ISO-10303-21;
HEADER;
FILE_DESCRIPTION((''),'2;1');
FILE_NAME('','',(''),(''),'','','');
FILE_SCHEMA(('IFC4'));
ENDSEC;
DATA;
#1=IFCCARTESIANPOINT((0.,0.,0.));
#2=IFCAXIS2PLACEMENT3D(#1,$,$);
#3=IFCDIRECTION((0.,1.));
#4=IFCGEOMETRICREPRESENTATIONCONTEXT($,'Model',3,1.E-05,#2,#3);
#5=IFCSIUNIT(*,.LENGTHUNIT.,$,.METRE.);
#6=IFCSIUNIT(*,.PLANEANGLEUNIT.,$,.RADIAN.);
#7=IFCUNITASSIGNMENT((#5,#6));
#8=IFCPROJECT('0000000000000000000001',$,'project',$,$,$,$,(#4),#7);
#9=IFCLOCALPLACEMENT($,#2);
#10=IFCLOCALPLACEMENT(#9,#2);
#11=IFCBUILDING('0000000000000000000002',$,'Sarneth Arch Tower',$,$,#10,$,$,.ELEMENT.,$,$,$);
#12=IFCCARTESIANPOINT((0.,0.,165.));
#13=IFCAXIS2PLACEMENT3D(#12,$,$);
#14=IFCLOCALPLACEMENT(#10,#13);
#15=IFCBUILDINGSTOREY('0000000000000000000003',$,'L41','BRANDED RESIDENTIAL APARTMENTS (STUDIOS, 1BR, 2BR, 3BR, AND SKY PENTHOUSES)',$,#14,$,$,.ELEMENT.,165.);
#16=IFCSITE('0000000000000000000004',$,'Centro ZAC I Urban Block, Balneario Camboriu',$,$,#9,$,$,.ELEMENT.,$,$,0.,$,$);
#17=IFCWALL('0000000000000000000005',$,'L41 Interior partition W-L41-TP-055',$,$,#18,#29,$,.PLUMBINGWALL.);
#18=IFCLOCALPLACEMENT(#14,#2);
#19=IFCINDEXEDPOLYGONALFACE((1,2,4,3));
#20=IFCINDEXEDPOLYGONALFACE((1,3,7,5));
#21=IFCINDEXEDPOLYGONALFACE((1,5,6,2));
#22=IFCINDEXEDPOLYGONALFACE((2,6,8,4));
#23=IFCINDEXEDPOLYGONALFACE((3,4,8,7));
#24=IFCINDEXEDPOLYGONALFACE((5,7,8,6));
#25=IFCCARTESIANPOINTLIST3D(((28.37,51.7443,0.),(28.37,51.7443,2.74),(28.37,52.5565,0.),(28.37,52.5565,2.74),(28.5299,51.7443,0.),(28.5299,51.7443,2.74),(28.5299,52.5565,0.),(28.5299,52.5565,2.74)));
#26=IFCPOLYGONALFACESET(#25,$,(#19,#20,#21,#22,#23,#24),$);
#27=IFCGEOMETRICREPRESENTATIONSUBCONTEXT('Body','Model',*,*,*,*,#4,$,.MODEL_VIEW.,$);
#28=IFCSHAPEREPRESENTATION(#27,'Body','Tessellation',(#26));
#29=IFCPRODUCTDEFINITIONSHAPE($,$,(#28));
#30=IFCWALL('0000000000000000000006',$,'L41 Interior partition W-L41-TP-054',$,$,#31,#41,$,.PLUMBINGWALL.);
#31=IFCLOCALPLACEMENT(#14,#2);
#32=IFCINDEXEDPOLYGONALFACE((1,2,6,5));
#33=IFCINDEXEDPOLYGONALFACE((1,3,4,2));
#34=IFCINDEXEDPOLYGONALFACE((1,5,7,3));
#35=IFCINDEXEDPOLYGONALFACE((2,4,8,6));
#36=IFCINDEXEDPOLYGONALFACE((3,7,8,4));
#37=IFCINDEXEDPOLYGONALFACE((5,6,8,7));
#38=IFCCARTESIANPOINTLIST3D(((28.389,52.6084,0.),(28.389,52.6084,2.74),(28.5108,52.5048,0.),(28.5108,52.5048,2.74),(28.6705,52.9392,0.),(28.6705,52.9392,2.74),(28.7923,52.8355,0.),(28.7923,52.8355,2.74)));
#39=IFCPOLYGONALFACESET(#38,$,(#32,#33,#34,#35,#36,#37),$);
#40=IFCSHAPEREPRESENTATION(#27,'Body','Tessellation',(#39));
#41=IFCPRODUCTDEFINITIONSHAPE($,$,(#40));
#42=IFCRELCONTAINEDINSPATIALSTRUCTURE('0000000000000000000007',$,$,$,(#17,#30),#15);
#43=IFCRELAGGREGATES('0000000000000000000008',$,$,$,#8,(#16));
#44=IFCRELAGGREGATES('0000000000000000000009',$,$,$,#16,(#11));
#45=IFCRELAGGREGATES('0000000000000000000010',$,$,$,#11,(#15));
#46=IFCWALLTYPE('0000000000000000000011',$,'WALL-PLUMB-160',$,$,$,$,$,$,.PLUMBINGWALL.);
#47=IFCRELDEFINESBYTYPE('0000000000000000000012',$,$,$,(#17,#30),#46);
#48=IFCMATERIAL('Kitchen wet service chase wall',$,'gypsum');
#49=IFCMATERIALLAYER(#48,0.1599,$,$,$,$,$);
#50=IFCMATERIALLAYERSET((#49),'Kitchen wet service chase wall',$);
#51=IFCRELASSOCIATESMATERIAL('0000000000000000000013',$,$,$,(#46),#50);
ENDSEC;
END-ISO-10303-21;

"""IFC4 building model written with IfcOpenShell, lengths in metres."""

from ifc_helpers import new_model, si_unit, direction, frame, frame_2d, origin, place, context, subcontext, project, spatial, rectangle, extrude, material, layer, layer_set, type_object, element, save


model = new_model("IFC4")

# Units and contexts
model_context = context("Model", 3, precision=1e-05, world=origin(), true_north=direction((0.0, 1.0)))
body_context = subcontext(model_context, "Body", "Model", "MODEL_VIEW")
ifc_project = project(units=[si_unit("LENGTHUNIT", "METRE"), si_unit("PLANEANGLEUNIT", "RADIAN")], contexts=[model_context])

# Site, building, storey
site_placement = place(None, origin())
site = spatial("IfcSite", under=ifc_project, at=site_placement, Name="Centro ZAC I Urban Block, Balneario Camboriu", CompositionType="ELEMENT", RefElevation=0.0)
building_placement = place(site_placement, origin())
building = spatial("IfcBuilding", under=site, at=building_placement, Name="Sarneth Arch Tower", CompositionType="ELEMENT")
storey_placement = place(building_placement, frame((0.0, 0.0, 165.0)))
storey = spatial("IfcBuildingStorey", under=building, at=storey_placement, Name="L41", Description="BRANDED RESIDENTIAL APARTMENTS (STUDIOS, 1BR, 2BR, 3BR, AND SKY PENTHOUSES)", CompositionType="ELEMENT", Elevation=165.0)

# Shared definitions
ifc_material_1 = material(Name="Kitchen wet service chase wall", Category="gypsum")
ifc_layer_1 = layer(ifc_material_1, 0.1599)
ifc_layer_set_1 = layer_set([ifc_layer_1], Name="Kitchen wet service chase wall")
wall_type_1 = type_object("IfcWallType", Name="WALL-PLUMB-160", PredefinedType="PLUMBINGWALL", material=ifc_layer_set_1)

# Walls
wall_1_placement = place(storey_placement, frame((28.45, 52.5566, 0.0), z_axis=(0.0, 0.0, 1.0), x_axis=(0.0, -1.0, 0.0)))
element("IfcWall", 1, at=wall_1_placement, inside=storey, type_object=wall_type_1, Name="L41 Interior partition W-L41-TP-055", PredefinedType="PLUMBINGWALL", context=body_context, shape_type="SweptSolid", body=[
    extrude(rectangle(XDim=0.8123, YDim=0.1599, at=frame_2d((0.4062, 0.0))), origin(), (0.0, 0.0, 1.0), 2.74),
])
wall_2_placement = place(storey_placement, frame((28.7314, 52.8875, 0.0), z_axis=(0.0, 0.0, 1.0), x_axis=(-0.648056, -0.761593, 0.0)))
element("IfcWall", 2, at=wall_2_placement, inside=storey, type_object=wall_type_1, Name="L41 Interior partition W-L41-TP-054", PredefinedType="PLUMBINGWALL", context=body_context, shape_type="SweptSolid", body=[
    extrude(rectangle(XDim=0.4343, YDim=0.1599, at=frame_2d((0.2173, 0.0))), origin(), (0.0, 0.0, 1.0), 2.74),
])

save(model, "model.ifc")
